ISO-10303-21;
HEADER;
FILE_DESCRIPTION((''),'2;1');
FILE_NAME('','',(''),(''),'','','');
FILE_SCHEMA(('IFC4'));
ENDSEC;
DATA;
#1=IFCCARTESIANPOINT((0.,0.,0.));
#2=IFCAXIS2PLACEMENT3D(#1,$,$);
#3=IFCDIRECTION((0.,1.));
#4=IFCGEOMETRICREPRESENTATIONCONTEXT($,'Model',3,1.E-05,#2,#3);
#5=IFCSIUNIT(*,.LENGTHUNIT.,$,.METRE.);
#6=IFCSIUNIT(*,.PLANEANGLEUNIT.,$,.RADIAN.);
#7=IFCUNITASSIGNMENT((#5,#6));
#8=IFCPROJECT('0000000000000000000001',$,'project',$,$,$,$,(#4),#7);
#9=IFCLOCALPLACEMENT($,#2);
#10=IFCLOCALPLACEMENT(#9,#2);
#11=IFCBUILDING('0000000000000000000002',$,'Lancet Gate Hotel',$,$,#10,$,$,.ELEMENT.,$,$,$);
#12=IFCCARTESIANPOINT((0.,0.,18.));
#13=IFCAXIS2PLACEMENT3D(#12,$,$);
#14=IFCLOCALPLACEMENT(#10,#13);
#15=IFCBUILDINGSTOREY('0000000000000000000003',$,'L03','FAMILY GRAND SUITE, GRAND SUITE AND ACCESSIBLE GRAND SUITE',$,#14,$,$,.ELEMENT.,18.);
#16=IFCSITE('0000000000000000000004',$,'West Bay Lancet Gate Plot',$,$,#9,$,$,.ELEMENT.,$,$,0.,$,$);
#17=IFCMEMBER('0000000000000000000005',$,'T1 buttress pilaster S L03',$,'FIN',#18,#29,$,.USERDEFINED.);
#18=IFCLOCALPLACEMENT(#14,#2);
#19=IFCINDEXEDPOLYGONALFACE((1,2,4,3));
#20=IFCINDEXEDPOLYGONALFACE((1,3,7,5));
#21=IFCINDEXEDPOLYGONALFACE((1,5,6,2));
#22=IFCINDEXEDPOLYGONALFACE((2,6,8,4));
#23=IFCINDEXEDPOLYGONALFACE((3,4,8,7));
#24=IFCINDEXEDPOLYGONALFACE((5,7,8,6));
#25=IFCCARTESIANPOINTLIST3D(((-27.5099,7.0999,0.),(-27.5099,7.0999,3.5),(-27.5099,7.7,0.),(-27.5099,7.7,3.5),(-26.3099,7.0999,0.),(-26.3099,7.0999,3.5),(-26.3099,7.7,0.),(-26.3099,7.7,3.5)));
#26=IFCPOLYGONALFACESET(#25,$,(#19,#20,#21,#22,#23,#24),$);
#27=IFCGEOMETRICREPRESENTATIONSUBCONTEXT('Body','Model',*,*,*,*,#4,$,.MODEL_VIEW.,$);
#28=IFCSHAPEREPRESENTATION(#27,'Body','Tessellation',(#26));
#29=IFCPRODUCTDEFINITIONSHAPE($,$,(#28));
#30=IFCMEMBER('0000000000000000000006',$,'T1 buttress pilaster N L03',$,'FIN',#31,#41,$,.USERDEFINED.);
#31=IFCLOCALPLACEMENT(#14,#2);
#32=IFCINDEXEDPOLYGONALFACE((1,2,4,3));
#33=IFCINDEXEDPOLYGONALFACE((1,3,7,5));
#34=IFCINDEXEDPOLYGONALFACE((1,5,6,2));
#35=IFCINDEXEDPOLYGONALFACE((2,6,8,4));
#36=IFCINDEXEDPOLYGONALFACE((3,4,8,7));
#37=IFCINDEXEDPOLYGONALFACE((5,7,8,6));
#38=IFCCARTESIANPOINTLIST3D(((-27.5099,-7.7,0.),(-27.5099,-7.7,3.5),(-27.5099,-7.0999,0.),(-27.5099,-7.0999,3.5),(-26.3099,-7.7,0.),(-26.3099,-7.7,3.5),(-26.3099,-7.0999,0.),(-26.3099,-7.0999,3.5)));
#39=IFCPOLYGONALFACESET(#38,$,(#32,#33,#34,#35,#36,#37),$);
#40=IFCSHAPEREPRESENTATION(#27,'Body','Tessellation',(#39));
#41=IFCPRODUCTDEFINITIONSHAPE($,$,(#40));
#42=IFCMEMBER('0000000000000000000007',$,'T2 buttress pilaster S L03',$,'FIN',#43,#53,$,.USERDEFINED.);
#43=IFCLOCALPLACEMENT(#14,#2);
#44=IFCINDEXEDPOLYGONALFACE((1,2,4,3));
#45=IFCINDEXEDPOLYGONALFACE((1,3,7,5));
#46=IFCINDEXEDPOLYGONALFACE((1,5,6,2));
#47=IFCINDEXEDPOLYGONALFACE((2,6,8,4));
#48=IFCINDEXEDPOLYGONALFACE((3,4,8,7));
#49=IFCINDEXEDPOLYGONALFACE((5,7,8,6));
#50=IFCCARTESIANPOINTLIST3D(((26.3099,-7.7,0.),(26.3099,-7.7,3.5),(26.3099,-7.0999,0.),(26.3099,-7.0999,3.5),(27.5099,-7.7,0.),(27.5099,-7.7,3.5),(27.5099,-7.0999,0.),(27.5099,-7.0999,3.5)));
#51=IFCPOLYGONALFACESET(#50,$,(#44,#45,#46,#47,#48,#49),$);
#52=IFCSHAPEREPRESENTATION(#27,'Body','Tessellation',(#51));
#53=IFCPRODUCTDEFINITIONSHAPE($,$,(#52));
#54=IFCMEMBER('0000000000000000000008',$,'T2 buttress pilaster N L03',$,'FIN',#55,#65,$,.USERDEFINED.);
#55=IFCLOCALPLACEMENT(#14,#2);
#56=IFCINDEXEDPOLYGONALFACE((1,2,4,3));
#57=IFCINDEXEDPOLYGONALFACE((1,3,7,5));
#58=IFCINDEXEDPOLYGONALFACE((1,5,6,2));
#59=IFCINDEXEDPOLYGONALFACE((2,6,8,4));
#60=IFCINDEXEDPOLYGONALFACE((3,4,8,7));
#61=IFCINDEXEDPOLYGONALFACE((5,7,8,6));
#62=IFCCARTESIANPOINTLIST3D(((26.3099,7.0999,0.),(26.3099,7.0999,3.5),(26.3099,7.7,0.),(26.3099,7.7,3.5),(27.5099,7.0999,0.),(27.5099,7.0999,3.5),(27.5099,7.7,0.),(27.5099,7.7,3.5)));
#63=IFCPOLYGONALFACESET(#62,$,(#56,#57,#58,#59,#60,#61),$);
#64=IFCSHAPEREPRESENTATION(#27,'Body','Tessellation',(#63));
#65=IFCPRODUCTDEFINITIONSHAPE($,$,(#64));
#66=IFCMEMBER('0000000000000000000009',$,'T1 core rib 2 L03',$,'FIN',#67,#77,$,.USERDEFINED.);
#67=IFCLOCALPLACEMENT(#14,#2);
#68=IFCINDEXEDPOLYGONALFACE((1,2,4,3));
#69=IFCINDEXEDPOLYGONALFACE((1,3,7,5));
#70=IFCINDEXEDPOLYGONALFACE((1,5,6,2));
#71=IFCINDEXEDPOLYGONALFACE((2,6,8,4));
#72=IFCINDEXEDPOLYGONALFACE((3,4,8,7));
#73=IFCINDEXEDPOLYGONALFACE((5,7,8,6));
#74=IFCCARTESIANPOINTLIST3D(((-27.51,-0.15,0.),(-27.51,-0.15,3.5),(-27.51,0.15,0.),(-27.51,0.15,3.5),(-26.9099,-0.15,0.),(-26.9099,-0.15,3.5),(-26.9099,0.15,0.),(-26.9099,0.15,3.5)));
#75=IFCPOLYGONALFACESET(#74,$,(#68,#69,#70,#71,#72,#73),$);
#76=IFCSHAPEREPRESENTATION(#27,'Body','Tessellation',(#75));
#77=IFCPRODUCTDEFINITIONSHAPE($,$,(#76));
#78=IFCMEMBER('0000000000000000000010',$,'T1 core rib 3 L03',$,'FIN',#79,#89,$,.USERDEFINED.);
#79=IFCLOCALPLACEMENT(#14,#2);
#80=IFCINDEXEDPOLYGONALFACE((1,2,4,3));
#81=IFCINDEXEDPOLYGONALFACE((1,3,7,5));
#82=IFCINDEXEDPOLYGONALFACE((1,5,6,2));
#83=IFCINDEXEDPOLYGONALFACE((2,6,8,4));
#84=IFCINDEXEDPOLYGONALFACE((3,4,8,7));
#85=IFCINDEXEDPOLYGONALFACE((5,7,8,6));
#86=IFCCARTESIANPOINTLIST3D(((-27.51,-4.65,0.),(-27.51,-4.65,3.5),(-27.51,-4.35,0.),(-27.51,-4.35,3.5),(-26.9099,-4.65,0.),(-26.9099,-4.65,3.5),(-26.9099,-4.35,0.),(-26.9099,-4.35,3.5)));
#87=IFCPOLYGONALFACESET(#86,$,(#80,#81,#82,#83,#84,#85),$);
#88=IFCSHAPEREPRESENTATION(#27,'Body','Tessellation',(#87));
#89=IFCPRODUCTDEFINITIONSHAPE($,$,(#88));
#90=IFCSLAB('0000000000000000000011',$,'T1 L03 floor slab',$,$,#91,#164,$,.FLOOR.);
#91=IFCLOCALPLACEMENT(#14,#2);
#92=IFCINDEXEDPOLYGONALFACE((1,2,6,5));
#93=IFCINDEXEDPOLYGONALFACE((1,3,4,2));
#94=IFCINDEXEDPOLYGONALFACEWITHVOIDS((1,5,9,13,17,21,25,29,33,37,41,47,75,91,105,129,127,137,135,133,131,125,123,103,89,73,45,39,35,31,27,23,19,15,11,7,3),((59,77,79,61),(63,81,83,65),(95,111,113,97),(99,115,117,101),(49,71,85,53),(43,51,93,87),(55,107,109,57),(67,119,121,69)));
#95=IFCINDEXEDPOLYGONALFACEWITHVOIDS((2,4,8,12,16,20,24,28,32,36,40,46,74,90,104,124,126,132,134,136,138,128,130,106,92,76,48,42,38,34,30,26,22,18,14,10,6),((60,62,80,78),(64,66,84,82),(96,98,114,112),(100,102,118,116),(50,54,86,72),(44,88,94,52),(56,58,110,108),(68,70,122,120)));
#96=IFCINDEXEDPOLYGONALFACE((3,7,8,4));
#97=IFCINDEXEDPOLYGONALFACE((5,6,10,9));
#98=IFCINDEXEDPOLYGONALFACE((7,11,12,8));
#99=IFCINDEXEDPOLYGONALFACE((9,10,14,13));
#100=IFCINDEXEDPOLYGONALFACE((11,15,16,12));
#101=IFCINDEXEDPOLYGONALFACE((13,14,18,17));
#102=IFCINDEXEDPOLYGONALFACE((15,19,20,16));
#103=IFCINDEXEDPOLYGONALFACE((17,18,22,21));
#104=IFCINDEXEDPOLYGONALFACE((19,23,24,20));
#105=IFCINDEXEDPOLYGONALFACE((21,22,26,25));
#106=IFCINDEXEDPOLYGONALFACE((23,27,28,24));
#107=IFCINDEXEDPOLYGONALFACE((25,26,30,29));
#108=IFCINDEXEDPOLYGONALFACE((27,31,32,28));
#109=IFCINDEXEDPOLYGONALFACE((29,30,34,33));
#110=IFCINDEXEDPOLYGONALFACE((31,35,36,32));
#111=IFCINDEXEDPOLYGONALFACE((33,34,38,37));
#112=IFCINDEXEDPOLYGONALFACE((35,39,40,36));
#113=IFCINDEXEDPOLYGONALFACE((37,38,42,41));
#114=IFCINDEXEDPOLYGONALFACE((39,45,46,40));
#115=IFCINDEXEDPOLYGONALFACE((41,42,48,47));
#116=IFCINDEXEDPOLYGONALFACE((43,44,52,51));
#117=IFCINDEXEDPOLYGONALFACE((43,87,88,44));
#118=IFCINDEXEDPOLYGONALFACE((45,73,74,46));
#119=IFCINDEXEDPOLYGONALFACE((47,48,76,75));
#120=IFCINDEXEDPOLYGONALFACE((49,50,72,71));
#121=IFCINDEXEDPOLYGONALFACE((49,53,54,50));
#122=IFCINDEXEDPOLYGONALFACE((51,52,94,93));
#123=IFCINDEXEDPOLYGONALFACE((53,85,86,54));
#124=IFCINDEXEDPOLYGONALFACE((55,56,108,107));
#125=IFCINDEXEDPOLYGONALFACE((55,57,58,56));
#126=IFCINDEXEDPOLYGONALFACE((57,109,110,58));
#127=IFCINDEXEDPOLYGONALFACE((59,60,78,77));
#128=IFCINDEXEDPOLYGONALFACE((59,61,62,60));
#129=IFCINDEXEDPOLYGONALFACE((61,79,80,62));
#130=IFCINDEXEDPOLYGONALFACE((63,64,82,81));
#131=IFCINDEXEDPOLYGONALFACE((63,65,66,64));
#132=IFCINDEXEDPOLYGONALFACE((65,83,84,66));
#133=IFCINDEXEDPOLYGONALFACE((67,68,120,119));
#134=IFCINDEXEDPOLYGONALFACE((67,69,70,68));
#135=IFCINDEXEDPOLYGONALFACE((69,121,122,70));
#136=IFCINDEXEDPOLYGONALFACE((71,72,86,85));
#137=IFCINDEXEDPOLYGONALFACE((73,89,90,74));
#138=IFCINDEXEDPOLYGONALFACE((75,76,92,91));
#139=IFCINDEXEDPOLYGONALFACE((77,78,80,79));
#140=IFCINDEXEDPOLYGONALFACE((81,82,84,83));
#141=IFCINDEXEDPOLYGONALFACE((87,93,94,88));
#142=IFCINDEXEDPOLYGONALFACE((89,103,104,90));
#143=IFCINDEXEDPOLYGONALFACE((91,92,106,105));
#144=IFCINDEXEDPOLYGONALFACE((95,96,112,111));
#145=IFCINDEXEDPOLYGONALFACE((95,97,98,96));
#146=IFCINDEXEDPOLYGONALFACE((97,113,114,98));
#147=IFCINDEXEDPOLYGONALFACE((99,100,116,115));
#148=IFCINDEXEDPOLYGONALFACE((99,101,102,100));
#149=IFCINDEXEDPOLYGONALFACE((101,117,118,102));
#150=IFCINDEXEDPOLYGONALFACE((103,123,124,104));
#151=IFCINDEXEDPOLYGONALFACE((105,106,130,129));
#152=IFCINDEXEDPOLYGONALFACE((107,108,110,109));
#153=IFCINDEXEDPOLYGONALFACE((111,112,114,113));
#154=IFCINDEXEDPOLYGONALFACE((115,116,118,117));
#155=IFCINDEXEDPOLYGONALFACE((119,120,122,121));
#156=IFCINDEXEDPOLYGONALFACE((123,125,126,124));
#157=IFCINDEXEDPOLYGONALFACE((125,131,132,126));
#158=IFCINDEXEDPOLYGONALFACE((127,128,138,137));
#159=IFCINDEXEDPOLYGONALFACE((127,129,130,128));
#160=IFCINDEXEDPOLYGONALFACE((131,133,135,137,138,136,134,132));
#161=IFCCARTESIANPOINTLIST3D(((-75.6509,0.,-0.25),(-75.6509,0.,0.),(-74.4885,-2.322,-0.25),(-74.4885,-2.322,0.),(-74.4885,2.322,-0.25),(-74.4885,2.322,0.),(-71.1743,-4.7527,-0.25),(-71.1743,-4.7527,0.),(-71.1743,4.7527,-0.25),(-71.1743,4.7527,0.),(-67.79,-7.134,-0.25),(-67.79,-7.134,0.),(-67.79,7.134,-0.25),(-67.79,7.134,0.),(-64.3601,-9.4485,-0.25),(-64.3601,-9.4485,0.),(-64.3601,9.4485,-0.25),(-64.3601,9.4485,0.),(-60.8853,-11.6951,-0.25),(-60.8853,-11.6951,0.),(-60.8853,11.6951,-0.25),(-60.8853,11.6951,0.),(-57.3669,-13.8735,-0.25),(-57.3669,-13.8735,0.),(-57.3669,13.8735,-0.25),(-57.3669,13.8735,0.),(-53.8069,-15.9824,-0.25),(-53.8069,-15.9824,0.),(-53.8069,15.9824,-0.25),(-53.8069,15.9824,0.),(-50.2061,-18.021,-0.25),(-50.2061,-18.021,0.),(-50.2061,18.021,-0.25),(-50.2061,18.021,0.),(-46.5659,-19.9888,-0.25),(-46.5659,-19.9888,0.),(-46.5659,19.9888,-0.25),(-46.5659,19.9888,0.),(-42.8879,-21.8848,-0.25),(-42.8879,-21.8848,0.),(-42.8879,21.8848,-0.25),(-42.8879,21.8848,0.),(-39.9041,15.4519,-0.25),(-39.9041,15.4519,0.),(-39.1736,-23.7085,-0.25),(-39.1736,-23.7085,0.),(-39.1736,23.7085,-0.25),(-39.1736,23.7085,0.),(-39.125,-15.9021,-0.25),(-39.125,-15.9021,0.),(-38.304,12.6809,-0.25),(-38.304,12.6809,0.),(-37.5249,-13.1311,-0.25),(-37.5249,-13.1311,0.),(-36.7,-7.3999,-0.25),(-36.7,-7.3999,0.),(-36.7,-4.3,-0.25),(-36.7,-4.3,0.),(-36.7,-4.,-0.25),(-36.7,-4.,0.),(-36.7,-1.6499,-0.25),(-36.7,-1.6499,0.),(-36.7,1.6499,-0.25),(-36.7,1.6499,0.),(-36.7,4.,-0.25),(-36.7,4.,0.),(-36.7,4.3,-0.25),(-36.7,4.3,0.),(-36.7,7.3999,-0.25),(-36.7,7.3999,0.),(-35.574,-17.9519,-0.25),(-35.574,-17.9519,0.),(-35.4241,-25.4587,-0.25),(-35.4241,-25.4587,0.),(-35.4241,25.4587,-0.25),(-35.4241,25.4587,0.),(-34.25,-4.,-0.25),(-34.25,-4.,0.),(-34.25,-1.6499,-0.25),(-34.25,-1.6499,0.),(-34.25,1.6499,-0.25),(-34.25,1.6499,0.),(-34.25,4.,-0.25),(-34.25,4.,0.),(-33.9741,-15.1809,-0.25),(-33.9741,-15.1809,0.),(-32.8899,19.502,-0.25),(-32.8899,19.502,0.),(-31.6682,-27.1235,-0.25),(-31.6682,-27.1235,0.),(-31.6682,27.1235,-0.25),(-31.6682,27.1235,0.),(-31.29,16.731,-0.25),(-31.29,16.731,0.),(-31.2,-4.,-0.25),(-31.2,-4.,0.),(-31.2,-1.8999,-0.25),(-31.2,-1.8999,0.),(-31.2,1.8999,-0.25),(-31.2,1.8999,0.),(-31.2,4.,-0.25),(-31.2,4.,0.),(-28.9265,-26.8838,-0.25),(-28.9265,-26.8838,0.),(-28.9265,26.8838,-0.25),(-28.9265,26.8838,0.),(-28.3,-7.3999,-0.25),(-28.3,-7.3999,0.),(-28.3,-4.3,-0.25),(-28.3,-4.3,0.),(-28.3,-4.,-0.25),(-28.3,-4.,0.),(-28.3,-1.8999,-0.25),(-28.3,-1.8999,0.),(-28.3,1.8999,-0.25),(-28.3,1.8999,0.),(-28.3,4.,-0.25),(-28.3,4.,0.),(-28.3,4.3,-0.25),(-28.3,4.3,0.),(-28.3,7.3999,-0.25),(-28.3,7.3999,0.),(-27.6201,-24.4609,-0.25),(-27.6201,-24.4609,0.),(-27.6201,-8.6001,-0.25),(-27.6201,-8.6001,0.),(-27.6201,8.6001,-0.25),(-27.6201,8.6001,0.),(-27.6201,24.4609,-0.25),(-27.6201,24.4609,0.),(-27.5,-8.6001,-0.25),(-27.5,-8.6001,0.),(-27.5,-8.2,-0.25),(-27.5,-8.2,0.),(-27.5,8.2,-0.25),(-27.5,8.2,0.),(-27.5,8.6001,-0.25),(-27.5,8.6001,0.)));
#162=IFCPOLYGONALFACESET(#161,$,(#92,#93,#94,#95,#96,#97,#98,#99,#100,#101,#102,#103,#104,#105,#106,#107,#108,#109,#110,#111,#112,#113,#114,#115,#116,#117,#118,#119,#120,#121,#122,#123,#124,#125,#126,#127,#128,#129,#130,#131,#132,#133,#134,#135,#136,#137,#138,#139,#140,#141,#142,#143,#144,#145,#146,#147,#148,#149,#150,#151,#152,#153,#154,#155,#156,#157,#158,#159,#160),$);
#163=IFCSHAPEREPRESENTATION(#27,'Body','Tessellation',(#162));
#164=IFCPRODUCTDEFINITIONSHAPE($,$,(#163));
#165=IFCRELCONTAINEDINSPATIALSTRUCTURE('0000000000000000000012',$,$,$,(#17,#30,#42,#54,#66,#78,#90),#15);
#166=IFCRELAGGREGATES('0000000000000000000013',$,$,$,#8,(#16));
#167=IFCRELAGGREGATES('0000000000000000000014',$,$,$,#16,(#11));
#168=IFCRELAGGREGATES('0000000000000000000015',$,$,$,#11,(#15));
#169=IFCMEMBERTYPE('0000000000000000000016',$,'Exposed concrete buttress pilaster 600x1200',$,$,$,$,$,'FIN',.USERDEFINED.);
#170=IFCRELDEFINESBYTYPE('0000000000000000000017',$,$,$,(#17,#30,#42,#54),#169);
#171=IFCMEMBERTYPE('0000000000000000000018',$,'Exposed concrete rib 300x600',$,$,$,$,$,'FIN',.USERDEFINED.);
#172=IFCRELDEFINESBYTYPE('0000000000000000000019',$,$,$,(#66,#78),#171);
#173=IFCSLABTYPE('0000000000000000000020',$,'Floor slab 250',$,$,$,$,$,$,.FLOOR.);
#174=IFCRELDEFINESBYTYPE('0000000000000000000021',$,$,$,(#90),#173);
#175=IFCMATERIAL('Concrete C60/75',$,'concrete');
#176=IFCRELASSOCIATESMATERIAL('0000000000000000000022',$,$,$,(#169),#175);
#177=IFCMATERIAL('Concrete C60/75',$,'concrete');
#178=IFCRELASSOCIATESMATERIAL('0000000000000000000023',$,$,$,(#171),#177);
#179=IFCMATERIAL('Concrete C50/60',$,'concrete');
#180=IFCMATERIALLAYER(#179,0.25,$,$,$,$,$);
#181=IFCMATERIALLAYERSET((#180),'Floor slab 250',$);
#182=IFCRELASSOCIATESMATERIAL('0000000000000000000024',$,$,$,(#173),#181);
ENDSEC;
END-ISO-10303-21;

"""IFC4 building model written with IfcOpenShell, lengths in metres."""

from ifc_helpers import new_model, si_unit, direction, frame, origin, origin_2d, place, context, subcontext, project, spatial, polyline, rectangle, outline, extrude, material, layer, layer_set, material_profile, profile_set, type_object, element, save


model = new_model("IFC4")

# Units and contexts
model_context = context("Model", 3, precision=1e-05, world=origin(), true_north=direction((0.0, 1.0)))
body_context = subcontext(model_context, "Body", "Model", "MODEL_VIEW")
ifc_project = project(units=[si_unit("LENGTHUNIT", "METRE"), si_unit("PLANEANGLEUNIT", "RADIAN")], contexts=[model_context])

# Site, building, storey
site_placement = place(None, origin())
site = spatial("IfcSite", under=ifc_project, at=site_placement, Name="West Bay Lancet Gate Plot", CompositionType="ELEMENT", RefElevation=0.0)
building_placement = place(site_placement, origin())
building = spatial("IfcBuilding", under=site, at=building_placement, Name="Lancet Gate Hotel", CompositionType="ELEMENT")
storey_placement = place(building_placement, frame((0.0, 0.0, 18.0)))
storey = spatial("IfcBuildingStorey", under=building, at=storey_placement, Name="L03", Description="FAMILY GRAND SUITE, GRAND SUITE AND ACCESSIBLE GRAND SUITE", CompositionType="ELEMENT", Elevation=18.0)

# Members
ifc_material_1 = material(Name="Concrete C60/75", Category="concrete")
ifc_material_profile_1 = material_profile(ifc_material_1, rectangle(XDim=0.6001, YDim=1.2, at=origin_2d()), Name="FIN 600x1200")
ifc_profile_set_1 = profile_set([ifc_material_profile_1], Name="Concrete C60/75")
member_type_1 = type_object("IfcMemberType", Name="Exposed concrete buttress pilaster 600x1200", ElementType="FIN", PredefinedType="USERDEFINED", material=ifc_profile_set_1)
for number, where, z_axis, x_axis, name in (
    (1, (-26.9099, 7.3999, 0.0), (0.0, 0.0, 1.0), (0.0, 1.0, 0.0), "T1 buttress pilaster S L03"),
    (2, (-26.9099, -7.3999, 0.0), (0.0, 0.0, 1.0), (0.0, 1.0, 0.0), "T1 buttress pilaster N L03"),
    (3, (26.9099, -7.3999, 0.0), (0.0, 0.0, 1.0), (0.0, 1.0, 0.0), "T2 buttress pilaster S L03"),
    (4, (26.9099, 7.3999, 0.0), (0.0, 0.0, 1.0), (0.0, 1.0, 0.0), "T2 buttress pilaster N L03"),
):
    element("IfcMember", number, at=place(storey_placement, frame(where, z_axis=z_axis, x_axis=x_axis)), inside=storey, type_object=member_type_1, Name=name, ObjectType="FIN", PredefinedType="USERDEFINED", context=body_context, shape_type="SweptSolid", body=[
        extrude(rectangle(XDim=0.6001, YDim=1.2, at=origin_2d()), origin(), (0.0, 0.0, 1.0), 3.5),
    ])
ifc_material_2 = material(Name="Concrete C60/75", Category="concrete")
ifc_material_profile_2 = material_profile(ifc_material_2, rectangle(XDim=0.3, YDim=0.6001, at=origin_2d()), Name="FIN 300x600")
ifc_profile_set_2 = profile_set([ifc_material_profile_2], Name="Concrete C60/75")
member_type_2 = type_object("IfcMemberType", Name="Exposed concrete rib 300x600", ElementType="FIN", PredefinedType="USERDEFINED", material=ifc_profile_set_2)
for number, where, z_axis, x_axis, name in (
    (5, (-27.21, 0.0, 0.0), (0.0, 0.0, 1.0), (0.0, 1.0, 0.0), "T1 core rib 2 L03"),
    (6, (-27.21, -4.5, 0.0), (0.0, 0.0, 1.0), (0.0, 1.0, 0.0), "T1 core rib 3 L03"),
):
    element("IfcMember", number, at=place(storey_placement, frame(where, z_axis=z_axis, x_axis=x_axis)), inside=storey, type_object=member_type_2, Name=name, ObjectType="FIN", PredefinedType="USERDEFINED", context=body_context, shape_type="SweptSolid", body=[
        extrude(rectangle(XDim=0.3, YDim=0.6001, at=origin_2d()), origin(), (0.0, 0.0, 1.0), 3.5),
    ])

# Slab
ifc_material_3 = material(Name="Concrete C50/60", Category="concrete")
ifc_layer_1 = layer(ifc_material_3, 0.25)
ifc_layer_set_1 = layer_set([ifc_layer_1], Name="Floor slab 250")
slab_type_1 = type_object("IfcSlabType", Name="Floor slab 250", PredefinedType="FLOOR", material=ifc_layer_set_1)
slab_1_placement = place(storey_placement, frame((0.0, 0.0, -0.25)))
element("IfcSlab", 7, at=slab_1_placement, inside=storey, type_object=slab_type_1, Name="T1 L03 floor slab", PredefinedType="FLOOR", context=body_context, shape_type="SweptSolid", body=[
    extrude(outline(polyline([(-27.5, 8.6001), (-27.6201, 8.6001), (-27.6201, 24.4609), (-28.9265, 26.8838), (-31.6682, 27.1235), (-35.4241, 25.4587), (-39.1736, 23.7085), (-42.8879, 21.8848), (-46.5659, 19.9888), (-50.2061, 18.021), (-53.8069, 15.9824), (-57.3669, 13.8735), (-60.8853, 11.6951), (-64.3601, 9.4485), (-67.79, 7.134), (-71.1743, 4.7527), (-74.4885, 2.322), (-75.6509, 0.0), (-74.4885, -2.322), (-71.1743, -4.7527), (-67.79, -7.134), (-64.3601, -9.4485), (-60.8853, -11.6951), (-57.3669, -13.8735), (-53.8069, -15.9824), (-50.2061, -18.021), (-46.5659, -19.9888), (-42.8879, -21.8848), (-39.1736, -23.7085), (-35.4241, -25.4587), (-31.6682, -27.1235), (-28.9265, -26.8838), (-27.6201, -24.4609), (-27.6201, -8.6001), (-27.5, -8.6001), (-27.5, -8.2), (-27.5, 8.2), (-27.5, 8.6001)]), holes=[polyline([(-36.7, 7.3999), (-36.7, 4.3), (-28.3, 4.3), (-28.3, 7.3999), (-36.7, 7.3999)]), polyline([(-28.3, 4.0), (-31.2, 4.0), (-31.2, 1.8999), (-28.3, 1.8999), (-28.3, 4.0)]), polyline([(-34.25, 4.0), (-36.7, 4.0), (-36.7, 1.6499), (-34.25, 1.6499), (-34.25, 4.0)]), polyline([(-36.7, -1.6499), (-36.7, -4.0), (-34.25, -4.0), (-34.25, -1.6499), (-36.7, -1.6499)]), polyline([(-28.3, -1.8999), (-31.2, -1.8999), (-31.2, -4.0), (-28.3, -4.0), (-28.3, -1.8999)]), polyline([(-28.3, -4.3), (-36.7, -4.3), (-36.7, -7.3999), (-28.3, -7.3999), (-28.3, -4.3)]), polyline([(-31.29, 16.731), (-32.8899, 19.502), (-39.9041, 15.4519), (-38.304, 12.6809), (-31.29, 16.731)]), polyline([(-33.9741, -15.1809), (-37.5249, -13.1311), (-39.125, -15.9021), (-35.574, -17.9519), (-33.9741, -15.1809)])]), origin(), (0.0, 0.0, 1.0), 0.25),
])

save(model, "model.ifc")
